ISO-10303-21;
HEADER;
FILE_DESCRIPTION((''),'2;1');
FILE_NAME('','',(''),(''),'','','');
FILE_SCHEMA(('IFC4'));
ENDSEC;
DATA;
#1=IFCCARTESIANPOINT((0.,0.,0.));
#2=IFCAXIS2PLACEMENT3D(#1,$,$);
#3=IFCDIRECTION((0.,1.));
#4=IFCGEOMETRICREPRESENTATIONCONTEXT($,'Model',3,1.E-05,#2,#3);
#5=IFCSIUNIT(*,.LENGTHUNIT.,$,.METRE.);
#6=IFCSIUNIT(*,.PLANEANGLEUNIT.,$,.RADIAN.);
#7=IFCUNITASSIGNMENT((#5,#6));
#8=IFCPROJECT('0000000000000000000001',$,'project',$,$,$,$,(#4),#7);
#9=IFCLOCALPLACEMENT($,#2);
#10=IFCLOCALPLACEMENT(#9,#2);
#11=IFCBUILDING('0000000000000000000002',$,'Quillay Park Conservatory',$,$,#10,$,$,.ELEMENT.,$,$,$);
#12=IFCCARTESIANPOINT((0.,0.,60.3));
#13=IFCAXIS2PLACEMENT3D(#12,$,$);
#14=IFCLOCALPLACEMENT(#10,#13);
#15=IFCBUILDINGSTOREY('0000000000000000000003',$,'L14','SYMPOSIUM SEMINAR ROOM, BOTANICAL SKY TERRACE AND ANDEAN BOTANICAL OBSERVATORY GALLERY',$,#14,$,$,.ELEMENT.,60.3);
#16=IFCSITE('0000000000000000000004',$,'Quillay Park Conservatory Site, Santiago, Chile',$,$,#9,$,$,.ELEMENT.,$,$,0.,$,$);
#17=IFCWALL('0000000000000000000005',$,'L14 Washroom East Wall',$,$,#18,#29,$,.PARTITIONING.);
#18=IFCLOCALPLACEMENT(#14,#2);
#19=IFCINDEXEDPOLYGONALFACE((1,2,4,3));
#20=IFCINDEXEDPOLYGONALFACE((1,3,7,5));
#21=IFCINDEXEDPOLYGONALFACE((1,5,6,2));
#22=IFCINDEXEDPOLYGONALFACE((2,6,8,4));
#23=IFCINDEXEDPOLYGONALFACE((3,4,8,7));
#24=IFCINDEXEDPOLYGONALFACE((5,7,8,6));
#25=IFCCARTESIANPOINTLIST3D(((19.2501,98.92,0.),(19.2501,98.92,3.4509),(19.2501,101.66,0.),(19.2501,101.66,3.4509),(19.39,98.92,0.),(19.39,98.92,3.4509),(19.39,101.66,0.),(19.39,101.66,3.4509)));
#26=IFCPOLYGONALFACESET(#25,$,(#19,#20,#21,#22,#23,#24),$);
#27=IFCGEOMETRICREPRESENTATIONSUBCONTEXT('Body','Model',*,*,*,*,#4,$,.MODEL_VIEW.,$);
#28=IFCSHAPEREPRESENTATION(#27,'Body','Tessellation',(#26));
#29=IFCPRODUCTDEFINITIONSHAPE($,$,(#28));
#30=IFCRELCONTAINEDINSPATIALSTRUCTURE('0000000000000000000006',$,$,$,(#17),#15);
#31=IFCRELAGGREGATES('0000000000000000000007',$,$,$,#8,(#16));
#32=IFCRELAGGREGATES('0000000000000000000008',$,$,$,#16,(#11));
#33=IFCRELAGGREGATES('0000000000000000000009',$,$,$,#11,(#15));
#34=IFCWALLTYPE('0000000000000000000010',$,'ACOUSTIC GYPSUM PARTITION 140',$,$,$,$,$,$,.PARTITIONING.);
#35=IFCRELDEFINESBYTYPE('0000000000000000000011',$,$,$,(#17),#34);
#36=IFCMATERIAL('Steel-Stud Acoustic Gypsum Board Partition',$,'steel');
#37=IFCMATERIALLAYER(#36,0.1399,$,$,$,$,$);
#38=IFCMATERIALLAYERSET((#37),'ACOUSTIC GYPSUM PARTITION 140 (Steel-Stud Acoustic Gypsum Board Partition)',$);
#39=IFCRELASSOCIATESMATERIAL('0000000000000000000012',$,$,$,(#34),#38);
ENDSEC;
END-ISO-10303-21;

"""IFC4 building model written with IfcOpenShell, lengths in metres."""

from ifc_helpers import new_model, si_unit, direction, frame, frame_2d, origin, place, context, subcontext, project, spatial, rectangle, extrude, material, layer, layer_set, type_object, element, save


model = new_model("IFC4")

# Units and contexts
model_context = context("Model", 3, precision=1e-05, world=origin(), true_north=direction((0.0, 1.0)))
body_context = subcontext(model_context, "Body", "Model", "MODEL_VIEW")
ifc_project = project(units=[si_unit("LENGTHUNIT", "METRE"), si_unit("PLANEANGLEUNIT", "RADIAN")], contexts=[model_context])

# Site, building, storey
site_placement = place(None, origin())
site = spatial("IfcSite", under=ifc_project, at=site_placement, Name="Quillay Park Conservatory Site, Santiago, Chile", CompositionType="ELEMENT", RefElevation=0.0)
building_placement = place(site_placement, origin())
building = spatial("IfcBuilding", under=site, at=building_placement, Name="Quillay Park Conservatory", CompositionType="ELEMENT")
storey_placement = place(building_placement, frame((0.0, 0.0, 60.3)))
storey = spatial("IfcBuildingStorey", under=building, at=storey_placement, Name="L14", Description="SYMPOSIUM SEMINAR ROOM, BOTANICAL SKY TERRACE AND ANDEAN BOTANICAL OBSERVATORY GALLERY", CompositionType="ELEMENT", Elevation=60.3)

# Wall
ifc_material_1 = material(Name="Steel-Stud Acoustic Gypsum Board Partition", Category="steel")
ifc_layer_1 = layer(ifc_material_1, 0.1399)
ifc_layer_set_1 = layer_set([ifc_layer_1], Name="ACOUSTIC GYPSUM PARTITION 140 (Steel-Stud Acoustic Gypsum Board Partition)")
wall_type_1 = type_object("IfcWallType", Name="ACOUSTIC GYPSUM PARTITION 140", PredefinedType="PARTITIONING", material=ifc_layer_set_1)
wall_1_placement = place(storey_placement, frame((19.3201, 98.9199, 0.0), z_axis=(0.0, 0.0, 1.0), x_axis=(0.0, 1.0, 0.0)))
element("IfcWall", 1, at=wall_1_placement, inside=storey, type_object=wall_type_1, Name="L14 Washroom East Wall", PredefinedType="PARTITIONING", context=body_context, shape_type="SweptSolid", body=[
    extrude(rectangle(XDim=2.74, YDim=0.1399, at=frame_2d((1.3701, 0.0))), origin(), (0.0, 0.0, 1.0), 3.4509),
])

save(model, "model.ifc")
